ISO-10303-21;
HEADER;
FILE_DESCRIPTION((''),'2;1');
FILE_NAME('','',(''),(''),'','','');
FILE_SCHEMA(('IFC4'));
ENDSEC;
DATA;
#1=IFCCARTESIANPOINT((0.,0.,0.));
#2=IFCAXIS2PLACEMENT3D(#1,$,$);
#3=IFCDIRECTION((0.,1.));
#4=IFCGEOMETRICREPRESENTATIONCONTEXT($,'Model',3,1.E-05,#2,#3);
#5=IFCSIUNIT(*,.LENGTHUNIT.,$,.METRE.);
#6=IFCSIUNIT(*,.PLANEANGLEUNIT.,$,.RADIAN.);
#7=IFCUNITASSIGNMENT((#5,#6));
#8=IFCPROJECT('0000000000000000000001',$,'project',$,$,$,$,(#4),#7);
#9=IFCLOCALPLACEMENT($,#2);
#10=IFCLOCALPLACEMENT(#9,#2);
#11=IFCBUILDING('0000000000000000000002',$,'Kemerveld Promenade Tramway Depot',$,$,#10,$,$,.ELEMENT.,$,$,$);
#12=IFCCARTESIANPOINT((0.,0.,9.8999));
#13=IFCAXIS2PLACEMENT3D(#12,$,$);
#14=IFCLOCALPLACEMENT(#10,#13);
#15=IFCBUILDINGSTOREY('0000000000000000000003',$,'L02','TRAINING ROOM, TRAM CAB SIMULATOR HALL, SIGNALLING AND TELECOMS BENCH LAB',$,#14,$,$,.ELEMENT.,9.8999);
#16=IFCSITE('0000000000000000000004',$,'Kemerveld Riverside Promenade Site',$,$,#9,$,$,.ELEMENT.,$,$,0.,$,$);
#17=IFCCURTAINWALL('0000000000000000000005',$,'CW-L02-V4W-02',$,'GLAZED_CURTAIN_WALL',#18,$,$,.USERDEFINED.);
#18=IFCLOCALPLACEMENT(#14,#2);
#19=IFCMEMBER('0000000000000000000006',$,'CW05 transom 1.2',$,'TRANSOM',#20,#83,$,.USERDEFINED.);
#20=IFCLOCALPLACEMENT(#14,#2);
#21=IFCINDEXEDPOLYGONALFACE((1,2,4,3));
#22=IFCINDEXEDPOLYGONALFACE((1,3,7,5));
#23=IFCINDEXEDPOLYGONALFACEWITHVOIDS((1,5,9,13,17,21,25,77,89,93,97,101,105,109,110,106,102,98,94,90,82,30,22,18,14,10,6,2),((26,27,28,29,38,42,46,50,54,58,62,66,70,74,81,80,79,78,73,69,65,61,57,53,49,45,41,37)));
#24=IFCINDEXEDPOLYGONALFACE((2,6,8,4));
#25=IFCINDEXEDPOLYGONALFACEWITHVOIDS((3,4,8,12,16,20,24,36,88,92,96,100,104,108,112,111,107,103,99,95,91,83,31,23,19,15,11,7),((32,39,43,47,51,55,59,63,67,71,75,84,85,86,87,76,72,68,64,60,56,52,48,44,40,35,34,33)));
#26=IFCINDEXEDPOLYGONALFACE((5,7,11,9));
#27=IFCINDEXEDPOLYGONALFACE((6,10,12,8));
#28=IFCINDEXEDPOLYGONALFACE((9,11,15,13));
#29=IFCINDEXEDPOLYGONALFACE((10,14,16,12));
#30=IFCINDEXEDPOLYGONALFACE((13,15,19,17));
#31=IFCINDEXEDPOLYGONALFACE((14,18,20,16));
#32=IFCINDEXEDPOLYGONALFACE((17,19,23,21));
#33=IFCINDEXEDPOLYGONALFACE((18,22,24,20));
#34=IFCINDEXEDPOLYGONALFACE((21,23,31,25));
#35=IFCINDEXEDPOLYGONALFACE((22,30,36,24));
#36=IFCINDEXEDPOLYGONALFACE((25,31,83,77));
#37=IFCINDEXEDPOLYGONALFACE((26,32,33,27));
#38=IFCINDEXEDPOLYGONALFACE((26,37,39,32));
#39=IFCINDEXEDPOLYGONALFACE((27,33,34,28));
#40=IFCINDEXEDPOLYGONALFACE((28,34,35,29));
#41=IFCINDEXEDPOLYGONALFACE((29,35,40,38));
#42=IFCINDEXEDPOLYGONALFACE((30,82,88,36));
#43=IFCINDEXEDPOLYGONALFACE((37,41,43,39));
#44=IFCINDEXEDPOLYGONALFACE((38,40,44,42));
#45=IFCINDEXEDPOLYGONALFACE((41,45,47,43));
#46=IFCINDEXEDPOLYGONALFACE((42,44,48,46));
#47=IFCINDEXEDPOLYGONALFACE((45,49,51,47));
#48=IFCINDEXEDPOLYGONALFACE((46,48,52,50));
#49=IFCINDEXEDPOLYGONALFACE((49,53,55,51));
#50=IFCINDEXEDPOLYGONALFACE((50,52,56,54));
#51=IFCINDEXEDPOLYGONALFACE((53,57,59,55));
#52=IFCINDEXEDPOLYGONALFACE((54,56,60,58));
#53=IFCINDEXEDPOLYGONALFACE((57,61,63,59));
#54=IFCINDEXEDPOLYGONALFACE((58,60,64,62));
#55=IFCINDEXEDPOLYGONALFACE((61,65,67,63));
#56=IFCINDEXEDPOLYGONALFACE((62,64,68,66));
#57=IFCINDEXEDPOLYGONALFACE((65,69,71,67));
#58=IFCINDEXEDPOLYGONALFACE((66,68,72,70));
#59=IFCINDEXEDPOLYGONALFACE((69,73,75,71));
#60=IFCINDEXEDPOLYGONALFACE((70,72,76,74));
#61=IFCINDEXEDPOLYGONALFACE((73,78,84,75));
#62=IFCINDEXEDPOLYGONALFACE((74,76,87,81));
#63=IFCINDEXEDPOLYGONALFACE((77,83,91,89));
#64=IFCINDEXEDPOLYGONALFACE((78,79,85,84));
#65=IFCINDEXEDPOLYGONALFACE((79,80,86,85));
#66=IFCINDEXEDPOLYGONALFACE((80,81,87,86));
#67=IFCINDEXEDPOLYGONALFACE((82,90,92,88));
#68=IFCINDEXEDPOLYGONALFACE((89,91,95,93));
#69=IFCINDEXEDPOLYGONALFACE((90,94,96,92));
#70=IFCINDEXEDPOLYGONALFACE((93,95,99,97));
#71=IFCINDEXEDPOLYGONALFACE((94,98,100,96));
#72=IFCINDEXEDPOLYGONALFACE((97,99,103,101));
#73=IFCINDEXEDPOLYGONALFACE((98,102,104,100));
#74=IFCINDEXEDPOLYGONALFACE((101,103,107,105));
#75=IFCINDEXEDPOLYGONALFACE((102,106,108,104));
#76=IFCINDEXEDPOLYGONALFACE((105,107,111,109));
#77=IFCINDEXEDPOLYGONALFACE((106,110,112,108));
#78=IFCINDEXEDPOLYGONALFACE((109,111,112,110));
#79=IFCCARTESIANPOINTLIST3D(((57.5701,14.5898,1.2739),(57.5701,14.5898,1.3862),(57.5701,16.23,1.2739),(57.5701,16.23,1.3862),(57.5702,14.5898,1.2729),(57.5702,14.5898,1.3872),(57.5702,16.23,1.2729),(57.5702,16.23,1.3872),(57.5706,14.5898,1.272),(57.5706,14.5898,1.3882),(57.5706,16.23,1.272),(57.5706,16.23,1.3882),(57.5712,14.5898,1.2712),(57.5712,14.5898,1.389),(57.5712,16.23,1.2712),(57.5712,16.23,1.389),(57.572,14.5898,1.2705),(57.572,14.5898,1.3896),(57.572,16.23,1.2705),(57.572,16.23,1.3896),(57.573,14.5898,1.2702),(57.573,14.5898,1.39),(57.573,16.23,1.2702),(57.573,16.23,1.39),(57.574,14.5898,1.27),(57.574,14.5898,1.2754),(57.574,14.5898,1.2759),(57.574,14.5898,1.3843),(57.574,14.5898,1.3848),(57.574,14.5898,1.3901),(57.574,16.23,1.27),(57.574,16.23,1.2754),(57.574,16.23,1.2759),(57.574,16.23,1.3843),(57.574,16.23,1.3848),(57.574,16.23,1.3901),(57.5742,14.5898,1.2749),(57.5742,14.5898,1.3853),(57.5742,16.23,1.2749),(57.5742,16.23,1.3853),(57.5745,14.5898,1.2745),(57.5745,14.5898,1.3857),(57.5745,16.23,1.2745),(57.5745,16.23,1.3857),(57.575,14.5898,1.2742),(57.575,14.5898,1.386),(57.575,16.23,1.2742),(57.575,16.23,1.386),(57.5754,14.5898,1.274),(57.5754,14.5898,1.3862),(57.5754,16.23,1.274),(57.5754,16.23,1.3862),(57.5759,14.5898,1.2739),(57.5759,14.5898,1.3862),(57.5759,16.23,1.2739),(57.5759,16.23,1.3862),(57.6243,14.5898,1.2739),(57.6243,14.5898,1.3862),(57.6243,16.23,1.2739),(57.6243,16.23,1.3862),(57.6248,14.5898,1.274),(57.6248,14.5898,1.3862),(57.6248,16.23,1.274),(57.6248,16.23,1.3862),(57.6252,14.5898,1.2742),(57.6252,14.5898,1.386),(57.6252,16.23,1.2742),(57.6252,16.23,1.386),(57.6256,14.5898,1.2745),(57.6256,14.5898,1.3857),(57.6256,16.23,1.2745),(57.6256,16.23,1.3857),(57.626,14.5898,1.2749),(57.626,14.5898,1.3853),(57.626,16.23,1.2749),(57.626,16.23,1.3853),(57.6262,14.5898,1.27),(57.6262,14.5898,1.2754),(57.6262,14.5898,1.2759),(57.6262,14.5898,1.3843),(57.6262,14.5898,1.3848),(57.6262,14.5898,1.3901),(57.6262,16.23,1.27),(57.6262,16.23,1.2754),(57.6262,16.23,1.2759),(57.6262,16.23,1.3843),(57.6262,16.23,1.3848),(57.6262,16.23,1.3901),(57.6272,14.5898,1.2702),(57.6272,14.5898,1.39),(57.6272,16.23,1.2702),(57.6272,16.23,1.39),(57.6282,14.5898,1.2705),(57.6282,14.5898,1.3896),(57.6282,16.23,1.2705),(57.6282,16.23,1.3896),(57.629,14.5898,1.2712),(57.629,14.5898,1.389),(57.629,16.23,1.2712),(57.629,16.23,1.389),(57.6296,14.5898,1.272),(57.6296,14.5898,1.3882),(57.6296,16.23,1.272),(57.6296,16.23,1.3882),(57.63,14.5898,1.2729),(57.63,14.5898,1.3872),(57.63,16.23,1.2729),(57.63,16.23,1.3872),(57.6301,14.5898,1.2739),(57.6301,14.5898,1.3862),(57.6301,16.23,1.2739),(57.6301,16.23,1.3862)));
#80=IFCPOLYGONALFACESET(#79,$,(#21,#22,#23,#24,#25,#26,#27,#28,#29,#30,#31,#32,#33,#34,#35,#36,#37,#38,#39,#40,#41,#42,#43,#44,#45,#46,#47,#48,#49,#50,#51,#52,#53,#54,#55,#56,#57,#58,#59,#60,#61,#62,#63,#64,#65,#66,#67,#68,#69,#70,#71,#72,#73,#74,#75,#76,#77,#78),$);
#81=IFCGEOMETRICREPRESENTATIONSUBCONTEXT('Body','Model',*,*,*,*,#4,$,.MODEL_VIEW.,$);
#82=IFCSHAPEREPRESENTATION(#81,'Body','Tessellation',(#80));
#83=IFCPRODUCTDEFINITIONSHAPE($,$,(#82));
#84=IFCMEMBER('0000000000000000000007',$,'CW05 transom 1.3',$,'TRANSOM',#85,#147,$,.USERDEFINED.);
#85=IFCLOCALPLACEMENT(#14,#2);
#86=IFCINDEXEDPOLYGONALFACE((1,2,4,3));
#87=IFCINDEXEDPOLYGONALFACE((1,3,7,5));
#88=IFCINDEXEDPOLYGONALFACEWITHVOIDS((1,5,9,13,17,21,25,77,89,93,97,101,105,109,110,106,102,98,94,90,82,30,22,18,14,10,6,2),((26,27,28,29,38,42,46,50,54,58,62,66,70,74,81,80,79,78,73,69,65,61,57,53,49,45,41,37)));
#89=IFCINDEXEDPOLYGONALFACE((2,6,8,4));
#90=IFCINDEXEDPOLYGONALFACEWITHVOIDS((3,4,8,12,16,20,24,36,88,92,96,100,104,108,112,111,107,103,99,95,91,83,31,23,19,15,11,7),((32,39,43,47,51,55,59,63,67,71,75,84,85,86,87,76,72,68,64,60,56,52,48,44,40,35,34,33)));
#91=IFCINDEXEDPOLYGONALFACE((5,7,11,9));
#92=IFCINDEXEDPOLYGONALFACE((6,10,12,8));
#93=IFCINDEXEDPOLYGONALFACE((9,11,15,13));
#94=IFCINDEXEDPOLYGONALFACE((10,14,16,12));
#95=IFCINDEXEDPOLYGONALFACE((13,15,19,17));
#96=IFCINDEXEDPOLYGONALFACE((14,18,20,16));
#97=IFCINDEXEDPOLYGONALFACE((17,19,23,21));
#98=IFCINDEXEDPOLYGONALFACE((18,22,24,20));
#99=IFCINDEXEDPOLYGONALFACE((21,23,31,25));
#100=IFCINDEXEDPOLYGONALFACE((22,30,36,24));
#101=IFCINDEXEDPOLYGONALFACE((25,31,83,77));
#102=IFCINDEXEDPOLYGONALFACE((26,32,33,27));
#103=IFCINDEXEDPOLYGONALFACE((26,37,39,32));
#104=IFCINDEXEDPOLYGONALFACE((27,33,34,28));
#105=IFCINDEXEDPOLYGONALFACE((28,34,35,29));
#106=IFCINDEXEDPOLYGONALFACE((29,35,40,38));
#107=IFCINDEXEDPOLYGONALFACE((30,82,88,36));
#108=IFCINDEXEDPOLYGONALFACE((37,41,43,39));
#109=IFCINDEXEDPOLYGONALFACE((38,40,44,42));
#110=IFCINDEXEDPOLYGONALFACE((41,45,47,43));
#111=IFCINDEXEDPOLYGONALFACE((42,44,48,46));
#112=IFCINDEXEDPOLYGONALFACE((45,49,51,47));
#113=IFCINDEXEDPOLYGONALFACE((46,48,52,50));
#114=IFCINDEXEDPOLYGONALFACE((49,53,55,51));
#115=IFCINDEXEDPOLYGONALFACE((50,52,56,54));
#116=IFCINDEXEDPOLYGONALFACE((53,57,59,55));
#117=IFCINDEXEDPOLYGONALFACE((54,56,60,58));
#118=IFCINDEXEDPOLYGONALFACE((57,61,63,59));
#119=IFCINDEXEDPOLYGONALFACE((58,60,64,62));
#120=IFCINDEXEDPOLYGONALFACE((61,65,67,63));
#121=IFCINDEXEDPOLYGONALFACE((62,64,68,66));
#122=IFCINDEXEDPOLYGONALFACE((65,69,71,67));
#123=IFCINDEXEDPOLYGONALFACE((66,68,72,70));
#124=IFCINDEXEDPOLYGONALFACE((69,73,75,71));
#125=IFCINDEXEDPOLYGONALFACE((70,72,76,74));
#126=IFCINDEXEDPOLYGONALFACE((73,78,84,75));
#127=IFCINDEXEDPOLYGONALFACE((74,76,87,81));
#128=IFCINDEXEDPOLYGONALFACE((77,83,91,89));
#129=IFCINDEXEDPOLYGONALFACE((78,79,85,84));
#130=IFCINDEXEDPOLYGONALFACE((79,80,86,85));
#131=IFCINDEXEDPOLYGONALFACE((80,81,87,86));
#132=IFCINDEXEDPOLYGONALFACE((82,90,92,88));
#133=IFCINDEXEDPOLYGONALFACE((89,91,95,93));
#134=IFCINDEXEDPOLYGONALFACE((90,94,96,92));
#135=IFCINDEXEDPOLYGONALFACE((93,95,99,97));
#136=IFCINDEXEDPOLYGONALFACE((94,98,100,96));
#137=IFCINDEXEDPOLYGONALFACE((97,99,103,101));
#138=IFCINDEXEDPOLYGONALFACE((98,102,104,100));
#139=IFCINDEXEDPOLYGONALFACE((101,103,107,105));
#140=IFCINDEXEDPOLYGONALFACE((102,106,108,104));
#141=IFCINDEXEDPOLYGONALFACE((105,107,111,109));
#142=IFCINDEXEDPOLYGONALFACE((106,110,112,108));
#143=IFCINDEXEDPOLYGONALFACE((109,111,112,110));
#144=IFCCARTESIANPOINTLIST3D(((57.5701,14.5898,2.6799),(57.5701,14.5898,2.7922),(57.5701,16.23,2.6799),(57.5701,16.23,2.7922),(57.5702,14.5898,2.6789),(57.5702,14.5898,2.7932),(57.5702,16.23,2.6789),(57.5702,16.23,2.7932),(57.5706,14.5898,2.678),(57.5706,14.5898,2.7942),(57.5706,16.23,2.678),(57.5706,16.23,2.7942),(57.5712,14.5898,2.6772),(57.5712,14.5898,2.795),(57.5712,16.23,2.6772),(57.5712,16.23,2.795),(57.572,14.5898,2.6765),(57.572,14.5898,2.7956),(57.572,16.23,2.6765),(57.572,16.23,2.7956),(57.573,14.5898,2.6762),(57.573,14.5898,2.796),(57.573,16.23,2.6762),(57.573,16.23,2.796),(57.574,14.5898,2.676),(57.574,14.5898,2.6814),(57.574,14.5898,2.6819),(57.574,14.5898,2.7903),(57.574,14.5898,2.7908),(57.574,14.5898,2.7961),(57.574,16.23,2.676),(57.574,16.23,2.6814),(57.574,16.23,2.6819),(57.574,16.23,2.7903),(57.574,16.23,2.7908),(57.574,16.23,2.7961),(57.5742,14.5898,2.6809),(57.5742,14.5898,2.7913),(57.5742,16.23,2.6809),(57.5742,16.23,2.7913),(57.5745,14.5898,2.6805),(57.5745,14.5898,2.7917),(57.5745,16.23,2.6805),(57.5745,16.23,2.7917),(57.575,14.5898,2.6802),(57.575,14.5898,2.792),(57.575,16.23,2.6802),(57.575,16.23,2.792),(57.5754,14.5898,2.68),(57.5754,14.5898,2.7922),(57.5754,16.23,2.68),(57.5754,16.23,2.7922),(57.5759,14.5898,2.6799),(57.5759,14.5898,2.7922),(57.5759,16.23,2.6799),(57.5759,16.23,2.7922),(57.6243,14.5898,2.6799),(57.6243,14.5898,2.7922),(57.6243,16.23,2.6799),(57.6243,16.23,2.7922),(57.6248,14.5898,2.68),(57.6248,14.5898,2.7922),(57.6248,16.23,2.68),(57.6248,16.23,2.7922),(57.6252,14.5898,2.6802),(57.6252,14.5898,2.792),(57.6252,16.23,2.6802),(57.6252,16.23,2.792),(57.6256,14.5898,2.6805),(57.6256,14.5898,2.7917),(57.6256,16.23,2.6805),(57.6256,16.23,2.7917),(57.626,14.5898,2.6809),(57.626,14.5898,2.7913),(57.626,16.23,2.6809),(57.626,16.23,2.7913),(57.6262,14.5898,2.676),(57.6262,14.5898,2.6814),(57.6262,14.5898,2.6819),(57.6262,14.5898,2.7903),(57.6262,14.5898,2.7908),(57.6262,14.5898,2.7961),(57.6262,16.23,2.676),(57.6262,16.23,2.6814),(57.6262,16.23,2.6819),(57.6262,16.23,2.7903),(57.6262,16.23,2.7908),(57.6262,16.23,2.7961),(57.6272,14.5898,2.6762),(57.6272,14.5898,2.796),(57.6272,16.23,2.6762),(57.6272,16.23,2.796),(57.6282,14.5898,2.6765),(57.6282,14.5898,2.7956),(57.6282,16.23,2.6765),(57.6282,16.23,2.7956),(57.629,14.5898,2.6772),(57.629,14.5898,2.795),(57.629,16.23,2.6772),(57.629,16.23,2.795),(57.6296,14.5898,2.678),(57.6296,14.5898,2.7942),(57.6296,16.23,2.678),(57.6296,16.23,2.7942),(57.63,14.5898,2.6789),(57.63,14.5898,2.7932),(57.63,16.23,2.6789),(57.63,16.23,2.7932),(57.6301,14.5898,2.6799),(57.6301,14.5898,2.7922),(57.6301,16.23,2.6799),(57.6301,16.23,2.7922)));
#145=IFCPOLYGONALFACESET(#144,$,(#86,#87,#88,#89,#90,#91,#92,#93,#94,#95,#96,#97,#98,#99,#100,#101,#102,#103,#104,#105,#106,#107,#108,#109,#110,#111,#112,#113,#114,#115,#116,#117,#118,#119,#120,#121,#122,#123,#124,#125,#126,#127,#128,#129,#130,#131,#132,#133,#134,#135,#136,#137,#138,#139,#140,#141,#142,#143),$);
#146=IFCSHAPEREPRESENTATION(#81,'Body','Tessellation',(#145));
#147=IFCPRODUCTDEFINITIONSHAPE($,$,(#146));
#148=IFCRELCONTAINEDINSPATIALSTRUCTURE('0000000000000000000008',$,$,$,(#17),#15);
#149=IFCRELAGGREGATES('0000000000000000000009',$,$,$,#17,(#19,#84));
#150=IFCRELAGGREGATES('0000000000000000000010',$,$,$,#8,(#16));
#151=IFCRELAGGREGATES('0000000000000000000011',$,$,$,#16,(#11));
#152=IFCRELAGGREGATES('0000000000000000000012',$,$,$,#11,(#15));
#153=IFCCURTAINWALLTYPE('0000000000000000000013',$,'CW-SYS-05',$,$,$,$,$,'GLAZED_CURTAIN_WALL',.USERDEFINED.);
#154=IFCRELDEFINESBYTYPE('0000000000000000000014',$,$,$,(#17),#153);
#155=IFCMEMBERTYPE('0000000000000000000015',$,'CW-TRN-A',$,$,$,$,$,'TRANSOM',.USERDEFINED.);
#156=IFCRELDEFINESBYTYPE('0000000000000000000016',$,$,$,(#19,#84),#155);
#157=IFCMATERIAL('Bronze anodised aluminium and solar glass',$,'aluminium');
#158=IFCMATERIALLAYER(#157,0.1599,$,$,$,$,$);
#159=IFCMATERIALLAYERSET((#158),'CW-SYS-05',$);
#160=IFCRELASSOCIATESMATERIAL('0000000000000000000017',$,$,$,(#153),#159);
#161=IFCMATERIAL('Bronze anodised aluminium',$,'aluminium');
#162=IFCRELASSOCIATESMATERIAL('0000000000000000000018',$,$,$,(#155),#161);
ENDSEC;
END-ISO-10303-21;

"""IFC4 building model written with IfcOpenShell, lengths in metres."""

from ifc_helpers import new_model, si_unit, direction, frame, origin, origin_2d, place, context, subcontext, project, spatial, hollow_rectangle, extrude, material, layer, layer_set, material_profile, profile_set, type_object, element, aggregate, save


model = new_model("IFC4")

# Units and contexts
model_context = context("Model", 3, precision=1e-05, world=origin(), true_north=direction((0.0, 1.0)))
body_context = subcontext(model_context, "Body", "Model", "MODEL_VIEW")
ifc_project = project(units=[si_unit("LENGTHUNIT", "METRE"), si_unit("PLANEANGLEUNIT", "RADIAN")], contexts=[model_context])

# Site, building, storey
site_placement = place(None, origin())
site = spatial("IfcSite", under=ifc_project, at=site_placement, Name="Kemerveld Riverside Promenade Site", CompositionType="ELEMENT", RefElevation=0.0)
building_placement = place(site_placement, origin())
building = spatial("IfcBuilding", under=site, at=building_placement, Name="Kemerveld Promenade Tramway Depot", CompositionType="ELEMENT")
storey_placement = place(building_placement, frame((0.0, 0.0, 9.8999)))
storey = spatial("IfcBuildingStorey", under=building, at=storey_placement, Name="L02", Description="TRAINING ROOM, TRAM CAB SIMULATOR HALL, SIGNALLING AND TELECOMS BENCH LAB", CompositionType="ELEMENT", Elevation=9.8999)

# Curtain wall
ifc_material_1 = material(Name="Bronze anodised aluminium and solar glass", Category="aluminium")
ifc_material_2 = material(Name="Bronze anodised aluminium", Category="aluminium")
ifc_layer_1 = layer(ifc_material_1, 0.1599)
ifc_layer_set_1 = layer_set([ifc_layer_1], Name="CW-SYS-05")
curtain_wall_type_1 = type_object("IfcCurtainWallType", Name="CW-SYS-05", ElementType="GLAZED_CURTAIN_WALL", PredefinedType="USERDEFINED", material=ifc_layer_set_1)
curtain_wall_1_placement = place(storey_placement, origin())
curtain_wall_1 = element("IfcCurtainWall", 1, at=curtain_wall_1_placement, inside=storey, type_object=curtain_wall_type_1, Name="CW-L02-V4W-02", ObjectType="GLAZED_CURTAIN_WALL", PredefinedType="USERDEFINED")

# Members
ifc_material_profile_1 = material_profile(ifc_material_2, hollow_rectangle(XDim=0.0601, YDim=0.1201, WallThickness=0.0039, InnerFilletRadius=0.002, OuterFilletRadius=0.0039, at=origin_2d()), Name="CW-TRN-120x60")
ifc_profile_set_1 = profile_set([ifc_material_profile_1], Name="Bronze anodised aluminium")
member_type_1 = type_object("IfcMemberType", Name="CW-TRN-A", ElementType="TRANSOM", PredefinedType="USERDEFINED", material=ifc_profile_set_1)
member_1_placement = place(storey_placement, frame((57.6001, 14.5898, 1.3301), z_axis=(0.0, 1.0, 0.0), x_axis=(-1.0, 0.0, 0.0)))
member_1 = element("IfcMember", 2, at=member_1_placement, type_object=member_type_1, Name="CW05 transom 1.2", ObjectType="TRANSOM", PredefinedType="USERDEFINED", context=body_context, shape_type="SweptSolid", body=[
    extrude(hollow_rectangle(XDim=0.0601, YDim=0.1201, WallThickness=0.0039, InnerFilletRadius=0.002, OuterFilletRadius=0.0039, at=origin_2d()), origin(), (0.0, 0.0, 1.0), 1.6401),
])
member_2_placement = place(storey_placement, frame((57.6001, 14.5898, 2.7361), z_axis=(0.0, 1.0, 0.0), x_axis=(-1.0, 0.0, 0.0)))
member_2 = element("IfcMember", 3, at=member_2_placement, type_object=member_type_1, Name="CW05 transom 1.3", ObjectType="TRANSOM", PredefinedType="USERDEFINED", context=body_context, shape_type="SweptSolid", body=[
    extrude(hollow_rectangle(XDim=0.0601, YDim=0.1201, WallThickness=0.0039, InnerFilletRadius=0.002, OuterFilletRadius=0.0039, at=origin_2d()), origin(), (0.0, 0.0, 1.0), 1.6401),
])

aggregate(curtain_wall_1, [member_1, member_2])

save(model, "model.ifc")
